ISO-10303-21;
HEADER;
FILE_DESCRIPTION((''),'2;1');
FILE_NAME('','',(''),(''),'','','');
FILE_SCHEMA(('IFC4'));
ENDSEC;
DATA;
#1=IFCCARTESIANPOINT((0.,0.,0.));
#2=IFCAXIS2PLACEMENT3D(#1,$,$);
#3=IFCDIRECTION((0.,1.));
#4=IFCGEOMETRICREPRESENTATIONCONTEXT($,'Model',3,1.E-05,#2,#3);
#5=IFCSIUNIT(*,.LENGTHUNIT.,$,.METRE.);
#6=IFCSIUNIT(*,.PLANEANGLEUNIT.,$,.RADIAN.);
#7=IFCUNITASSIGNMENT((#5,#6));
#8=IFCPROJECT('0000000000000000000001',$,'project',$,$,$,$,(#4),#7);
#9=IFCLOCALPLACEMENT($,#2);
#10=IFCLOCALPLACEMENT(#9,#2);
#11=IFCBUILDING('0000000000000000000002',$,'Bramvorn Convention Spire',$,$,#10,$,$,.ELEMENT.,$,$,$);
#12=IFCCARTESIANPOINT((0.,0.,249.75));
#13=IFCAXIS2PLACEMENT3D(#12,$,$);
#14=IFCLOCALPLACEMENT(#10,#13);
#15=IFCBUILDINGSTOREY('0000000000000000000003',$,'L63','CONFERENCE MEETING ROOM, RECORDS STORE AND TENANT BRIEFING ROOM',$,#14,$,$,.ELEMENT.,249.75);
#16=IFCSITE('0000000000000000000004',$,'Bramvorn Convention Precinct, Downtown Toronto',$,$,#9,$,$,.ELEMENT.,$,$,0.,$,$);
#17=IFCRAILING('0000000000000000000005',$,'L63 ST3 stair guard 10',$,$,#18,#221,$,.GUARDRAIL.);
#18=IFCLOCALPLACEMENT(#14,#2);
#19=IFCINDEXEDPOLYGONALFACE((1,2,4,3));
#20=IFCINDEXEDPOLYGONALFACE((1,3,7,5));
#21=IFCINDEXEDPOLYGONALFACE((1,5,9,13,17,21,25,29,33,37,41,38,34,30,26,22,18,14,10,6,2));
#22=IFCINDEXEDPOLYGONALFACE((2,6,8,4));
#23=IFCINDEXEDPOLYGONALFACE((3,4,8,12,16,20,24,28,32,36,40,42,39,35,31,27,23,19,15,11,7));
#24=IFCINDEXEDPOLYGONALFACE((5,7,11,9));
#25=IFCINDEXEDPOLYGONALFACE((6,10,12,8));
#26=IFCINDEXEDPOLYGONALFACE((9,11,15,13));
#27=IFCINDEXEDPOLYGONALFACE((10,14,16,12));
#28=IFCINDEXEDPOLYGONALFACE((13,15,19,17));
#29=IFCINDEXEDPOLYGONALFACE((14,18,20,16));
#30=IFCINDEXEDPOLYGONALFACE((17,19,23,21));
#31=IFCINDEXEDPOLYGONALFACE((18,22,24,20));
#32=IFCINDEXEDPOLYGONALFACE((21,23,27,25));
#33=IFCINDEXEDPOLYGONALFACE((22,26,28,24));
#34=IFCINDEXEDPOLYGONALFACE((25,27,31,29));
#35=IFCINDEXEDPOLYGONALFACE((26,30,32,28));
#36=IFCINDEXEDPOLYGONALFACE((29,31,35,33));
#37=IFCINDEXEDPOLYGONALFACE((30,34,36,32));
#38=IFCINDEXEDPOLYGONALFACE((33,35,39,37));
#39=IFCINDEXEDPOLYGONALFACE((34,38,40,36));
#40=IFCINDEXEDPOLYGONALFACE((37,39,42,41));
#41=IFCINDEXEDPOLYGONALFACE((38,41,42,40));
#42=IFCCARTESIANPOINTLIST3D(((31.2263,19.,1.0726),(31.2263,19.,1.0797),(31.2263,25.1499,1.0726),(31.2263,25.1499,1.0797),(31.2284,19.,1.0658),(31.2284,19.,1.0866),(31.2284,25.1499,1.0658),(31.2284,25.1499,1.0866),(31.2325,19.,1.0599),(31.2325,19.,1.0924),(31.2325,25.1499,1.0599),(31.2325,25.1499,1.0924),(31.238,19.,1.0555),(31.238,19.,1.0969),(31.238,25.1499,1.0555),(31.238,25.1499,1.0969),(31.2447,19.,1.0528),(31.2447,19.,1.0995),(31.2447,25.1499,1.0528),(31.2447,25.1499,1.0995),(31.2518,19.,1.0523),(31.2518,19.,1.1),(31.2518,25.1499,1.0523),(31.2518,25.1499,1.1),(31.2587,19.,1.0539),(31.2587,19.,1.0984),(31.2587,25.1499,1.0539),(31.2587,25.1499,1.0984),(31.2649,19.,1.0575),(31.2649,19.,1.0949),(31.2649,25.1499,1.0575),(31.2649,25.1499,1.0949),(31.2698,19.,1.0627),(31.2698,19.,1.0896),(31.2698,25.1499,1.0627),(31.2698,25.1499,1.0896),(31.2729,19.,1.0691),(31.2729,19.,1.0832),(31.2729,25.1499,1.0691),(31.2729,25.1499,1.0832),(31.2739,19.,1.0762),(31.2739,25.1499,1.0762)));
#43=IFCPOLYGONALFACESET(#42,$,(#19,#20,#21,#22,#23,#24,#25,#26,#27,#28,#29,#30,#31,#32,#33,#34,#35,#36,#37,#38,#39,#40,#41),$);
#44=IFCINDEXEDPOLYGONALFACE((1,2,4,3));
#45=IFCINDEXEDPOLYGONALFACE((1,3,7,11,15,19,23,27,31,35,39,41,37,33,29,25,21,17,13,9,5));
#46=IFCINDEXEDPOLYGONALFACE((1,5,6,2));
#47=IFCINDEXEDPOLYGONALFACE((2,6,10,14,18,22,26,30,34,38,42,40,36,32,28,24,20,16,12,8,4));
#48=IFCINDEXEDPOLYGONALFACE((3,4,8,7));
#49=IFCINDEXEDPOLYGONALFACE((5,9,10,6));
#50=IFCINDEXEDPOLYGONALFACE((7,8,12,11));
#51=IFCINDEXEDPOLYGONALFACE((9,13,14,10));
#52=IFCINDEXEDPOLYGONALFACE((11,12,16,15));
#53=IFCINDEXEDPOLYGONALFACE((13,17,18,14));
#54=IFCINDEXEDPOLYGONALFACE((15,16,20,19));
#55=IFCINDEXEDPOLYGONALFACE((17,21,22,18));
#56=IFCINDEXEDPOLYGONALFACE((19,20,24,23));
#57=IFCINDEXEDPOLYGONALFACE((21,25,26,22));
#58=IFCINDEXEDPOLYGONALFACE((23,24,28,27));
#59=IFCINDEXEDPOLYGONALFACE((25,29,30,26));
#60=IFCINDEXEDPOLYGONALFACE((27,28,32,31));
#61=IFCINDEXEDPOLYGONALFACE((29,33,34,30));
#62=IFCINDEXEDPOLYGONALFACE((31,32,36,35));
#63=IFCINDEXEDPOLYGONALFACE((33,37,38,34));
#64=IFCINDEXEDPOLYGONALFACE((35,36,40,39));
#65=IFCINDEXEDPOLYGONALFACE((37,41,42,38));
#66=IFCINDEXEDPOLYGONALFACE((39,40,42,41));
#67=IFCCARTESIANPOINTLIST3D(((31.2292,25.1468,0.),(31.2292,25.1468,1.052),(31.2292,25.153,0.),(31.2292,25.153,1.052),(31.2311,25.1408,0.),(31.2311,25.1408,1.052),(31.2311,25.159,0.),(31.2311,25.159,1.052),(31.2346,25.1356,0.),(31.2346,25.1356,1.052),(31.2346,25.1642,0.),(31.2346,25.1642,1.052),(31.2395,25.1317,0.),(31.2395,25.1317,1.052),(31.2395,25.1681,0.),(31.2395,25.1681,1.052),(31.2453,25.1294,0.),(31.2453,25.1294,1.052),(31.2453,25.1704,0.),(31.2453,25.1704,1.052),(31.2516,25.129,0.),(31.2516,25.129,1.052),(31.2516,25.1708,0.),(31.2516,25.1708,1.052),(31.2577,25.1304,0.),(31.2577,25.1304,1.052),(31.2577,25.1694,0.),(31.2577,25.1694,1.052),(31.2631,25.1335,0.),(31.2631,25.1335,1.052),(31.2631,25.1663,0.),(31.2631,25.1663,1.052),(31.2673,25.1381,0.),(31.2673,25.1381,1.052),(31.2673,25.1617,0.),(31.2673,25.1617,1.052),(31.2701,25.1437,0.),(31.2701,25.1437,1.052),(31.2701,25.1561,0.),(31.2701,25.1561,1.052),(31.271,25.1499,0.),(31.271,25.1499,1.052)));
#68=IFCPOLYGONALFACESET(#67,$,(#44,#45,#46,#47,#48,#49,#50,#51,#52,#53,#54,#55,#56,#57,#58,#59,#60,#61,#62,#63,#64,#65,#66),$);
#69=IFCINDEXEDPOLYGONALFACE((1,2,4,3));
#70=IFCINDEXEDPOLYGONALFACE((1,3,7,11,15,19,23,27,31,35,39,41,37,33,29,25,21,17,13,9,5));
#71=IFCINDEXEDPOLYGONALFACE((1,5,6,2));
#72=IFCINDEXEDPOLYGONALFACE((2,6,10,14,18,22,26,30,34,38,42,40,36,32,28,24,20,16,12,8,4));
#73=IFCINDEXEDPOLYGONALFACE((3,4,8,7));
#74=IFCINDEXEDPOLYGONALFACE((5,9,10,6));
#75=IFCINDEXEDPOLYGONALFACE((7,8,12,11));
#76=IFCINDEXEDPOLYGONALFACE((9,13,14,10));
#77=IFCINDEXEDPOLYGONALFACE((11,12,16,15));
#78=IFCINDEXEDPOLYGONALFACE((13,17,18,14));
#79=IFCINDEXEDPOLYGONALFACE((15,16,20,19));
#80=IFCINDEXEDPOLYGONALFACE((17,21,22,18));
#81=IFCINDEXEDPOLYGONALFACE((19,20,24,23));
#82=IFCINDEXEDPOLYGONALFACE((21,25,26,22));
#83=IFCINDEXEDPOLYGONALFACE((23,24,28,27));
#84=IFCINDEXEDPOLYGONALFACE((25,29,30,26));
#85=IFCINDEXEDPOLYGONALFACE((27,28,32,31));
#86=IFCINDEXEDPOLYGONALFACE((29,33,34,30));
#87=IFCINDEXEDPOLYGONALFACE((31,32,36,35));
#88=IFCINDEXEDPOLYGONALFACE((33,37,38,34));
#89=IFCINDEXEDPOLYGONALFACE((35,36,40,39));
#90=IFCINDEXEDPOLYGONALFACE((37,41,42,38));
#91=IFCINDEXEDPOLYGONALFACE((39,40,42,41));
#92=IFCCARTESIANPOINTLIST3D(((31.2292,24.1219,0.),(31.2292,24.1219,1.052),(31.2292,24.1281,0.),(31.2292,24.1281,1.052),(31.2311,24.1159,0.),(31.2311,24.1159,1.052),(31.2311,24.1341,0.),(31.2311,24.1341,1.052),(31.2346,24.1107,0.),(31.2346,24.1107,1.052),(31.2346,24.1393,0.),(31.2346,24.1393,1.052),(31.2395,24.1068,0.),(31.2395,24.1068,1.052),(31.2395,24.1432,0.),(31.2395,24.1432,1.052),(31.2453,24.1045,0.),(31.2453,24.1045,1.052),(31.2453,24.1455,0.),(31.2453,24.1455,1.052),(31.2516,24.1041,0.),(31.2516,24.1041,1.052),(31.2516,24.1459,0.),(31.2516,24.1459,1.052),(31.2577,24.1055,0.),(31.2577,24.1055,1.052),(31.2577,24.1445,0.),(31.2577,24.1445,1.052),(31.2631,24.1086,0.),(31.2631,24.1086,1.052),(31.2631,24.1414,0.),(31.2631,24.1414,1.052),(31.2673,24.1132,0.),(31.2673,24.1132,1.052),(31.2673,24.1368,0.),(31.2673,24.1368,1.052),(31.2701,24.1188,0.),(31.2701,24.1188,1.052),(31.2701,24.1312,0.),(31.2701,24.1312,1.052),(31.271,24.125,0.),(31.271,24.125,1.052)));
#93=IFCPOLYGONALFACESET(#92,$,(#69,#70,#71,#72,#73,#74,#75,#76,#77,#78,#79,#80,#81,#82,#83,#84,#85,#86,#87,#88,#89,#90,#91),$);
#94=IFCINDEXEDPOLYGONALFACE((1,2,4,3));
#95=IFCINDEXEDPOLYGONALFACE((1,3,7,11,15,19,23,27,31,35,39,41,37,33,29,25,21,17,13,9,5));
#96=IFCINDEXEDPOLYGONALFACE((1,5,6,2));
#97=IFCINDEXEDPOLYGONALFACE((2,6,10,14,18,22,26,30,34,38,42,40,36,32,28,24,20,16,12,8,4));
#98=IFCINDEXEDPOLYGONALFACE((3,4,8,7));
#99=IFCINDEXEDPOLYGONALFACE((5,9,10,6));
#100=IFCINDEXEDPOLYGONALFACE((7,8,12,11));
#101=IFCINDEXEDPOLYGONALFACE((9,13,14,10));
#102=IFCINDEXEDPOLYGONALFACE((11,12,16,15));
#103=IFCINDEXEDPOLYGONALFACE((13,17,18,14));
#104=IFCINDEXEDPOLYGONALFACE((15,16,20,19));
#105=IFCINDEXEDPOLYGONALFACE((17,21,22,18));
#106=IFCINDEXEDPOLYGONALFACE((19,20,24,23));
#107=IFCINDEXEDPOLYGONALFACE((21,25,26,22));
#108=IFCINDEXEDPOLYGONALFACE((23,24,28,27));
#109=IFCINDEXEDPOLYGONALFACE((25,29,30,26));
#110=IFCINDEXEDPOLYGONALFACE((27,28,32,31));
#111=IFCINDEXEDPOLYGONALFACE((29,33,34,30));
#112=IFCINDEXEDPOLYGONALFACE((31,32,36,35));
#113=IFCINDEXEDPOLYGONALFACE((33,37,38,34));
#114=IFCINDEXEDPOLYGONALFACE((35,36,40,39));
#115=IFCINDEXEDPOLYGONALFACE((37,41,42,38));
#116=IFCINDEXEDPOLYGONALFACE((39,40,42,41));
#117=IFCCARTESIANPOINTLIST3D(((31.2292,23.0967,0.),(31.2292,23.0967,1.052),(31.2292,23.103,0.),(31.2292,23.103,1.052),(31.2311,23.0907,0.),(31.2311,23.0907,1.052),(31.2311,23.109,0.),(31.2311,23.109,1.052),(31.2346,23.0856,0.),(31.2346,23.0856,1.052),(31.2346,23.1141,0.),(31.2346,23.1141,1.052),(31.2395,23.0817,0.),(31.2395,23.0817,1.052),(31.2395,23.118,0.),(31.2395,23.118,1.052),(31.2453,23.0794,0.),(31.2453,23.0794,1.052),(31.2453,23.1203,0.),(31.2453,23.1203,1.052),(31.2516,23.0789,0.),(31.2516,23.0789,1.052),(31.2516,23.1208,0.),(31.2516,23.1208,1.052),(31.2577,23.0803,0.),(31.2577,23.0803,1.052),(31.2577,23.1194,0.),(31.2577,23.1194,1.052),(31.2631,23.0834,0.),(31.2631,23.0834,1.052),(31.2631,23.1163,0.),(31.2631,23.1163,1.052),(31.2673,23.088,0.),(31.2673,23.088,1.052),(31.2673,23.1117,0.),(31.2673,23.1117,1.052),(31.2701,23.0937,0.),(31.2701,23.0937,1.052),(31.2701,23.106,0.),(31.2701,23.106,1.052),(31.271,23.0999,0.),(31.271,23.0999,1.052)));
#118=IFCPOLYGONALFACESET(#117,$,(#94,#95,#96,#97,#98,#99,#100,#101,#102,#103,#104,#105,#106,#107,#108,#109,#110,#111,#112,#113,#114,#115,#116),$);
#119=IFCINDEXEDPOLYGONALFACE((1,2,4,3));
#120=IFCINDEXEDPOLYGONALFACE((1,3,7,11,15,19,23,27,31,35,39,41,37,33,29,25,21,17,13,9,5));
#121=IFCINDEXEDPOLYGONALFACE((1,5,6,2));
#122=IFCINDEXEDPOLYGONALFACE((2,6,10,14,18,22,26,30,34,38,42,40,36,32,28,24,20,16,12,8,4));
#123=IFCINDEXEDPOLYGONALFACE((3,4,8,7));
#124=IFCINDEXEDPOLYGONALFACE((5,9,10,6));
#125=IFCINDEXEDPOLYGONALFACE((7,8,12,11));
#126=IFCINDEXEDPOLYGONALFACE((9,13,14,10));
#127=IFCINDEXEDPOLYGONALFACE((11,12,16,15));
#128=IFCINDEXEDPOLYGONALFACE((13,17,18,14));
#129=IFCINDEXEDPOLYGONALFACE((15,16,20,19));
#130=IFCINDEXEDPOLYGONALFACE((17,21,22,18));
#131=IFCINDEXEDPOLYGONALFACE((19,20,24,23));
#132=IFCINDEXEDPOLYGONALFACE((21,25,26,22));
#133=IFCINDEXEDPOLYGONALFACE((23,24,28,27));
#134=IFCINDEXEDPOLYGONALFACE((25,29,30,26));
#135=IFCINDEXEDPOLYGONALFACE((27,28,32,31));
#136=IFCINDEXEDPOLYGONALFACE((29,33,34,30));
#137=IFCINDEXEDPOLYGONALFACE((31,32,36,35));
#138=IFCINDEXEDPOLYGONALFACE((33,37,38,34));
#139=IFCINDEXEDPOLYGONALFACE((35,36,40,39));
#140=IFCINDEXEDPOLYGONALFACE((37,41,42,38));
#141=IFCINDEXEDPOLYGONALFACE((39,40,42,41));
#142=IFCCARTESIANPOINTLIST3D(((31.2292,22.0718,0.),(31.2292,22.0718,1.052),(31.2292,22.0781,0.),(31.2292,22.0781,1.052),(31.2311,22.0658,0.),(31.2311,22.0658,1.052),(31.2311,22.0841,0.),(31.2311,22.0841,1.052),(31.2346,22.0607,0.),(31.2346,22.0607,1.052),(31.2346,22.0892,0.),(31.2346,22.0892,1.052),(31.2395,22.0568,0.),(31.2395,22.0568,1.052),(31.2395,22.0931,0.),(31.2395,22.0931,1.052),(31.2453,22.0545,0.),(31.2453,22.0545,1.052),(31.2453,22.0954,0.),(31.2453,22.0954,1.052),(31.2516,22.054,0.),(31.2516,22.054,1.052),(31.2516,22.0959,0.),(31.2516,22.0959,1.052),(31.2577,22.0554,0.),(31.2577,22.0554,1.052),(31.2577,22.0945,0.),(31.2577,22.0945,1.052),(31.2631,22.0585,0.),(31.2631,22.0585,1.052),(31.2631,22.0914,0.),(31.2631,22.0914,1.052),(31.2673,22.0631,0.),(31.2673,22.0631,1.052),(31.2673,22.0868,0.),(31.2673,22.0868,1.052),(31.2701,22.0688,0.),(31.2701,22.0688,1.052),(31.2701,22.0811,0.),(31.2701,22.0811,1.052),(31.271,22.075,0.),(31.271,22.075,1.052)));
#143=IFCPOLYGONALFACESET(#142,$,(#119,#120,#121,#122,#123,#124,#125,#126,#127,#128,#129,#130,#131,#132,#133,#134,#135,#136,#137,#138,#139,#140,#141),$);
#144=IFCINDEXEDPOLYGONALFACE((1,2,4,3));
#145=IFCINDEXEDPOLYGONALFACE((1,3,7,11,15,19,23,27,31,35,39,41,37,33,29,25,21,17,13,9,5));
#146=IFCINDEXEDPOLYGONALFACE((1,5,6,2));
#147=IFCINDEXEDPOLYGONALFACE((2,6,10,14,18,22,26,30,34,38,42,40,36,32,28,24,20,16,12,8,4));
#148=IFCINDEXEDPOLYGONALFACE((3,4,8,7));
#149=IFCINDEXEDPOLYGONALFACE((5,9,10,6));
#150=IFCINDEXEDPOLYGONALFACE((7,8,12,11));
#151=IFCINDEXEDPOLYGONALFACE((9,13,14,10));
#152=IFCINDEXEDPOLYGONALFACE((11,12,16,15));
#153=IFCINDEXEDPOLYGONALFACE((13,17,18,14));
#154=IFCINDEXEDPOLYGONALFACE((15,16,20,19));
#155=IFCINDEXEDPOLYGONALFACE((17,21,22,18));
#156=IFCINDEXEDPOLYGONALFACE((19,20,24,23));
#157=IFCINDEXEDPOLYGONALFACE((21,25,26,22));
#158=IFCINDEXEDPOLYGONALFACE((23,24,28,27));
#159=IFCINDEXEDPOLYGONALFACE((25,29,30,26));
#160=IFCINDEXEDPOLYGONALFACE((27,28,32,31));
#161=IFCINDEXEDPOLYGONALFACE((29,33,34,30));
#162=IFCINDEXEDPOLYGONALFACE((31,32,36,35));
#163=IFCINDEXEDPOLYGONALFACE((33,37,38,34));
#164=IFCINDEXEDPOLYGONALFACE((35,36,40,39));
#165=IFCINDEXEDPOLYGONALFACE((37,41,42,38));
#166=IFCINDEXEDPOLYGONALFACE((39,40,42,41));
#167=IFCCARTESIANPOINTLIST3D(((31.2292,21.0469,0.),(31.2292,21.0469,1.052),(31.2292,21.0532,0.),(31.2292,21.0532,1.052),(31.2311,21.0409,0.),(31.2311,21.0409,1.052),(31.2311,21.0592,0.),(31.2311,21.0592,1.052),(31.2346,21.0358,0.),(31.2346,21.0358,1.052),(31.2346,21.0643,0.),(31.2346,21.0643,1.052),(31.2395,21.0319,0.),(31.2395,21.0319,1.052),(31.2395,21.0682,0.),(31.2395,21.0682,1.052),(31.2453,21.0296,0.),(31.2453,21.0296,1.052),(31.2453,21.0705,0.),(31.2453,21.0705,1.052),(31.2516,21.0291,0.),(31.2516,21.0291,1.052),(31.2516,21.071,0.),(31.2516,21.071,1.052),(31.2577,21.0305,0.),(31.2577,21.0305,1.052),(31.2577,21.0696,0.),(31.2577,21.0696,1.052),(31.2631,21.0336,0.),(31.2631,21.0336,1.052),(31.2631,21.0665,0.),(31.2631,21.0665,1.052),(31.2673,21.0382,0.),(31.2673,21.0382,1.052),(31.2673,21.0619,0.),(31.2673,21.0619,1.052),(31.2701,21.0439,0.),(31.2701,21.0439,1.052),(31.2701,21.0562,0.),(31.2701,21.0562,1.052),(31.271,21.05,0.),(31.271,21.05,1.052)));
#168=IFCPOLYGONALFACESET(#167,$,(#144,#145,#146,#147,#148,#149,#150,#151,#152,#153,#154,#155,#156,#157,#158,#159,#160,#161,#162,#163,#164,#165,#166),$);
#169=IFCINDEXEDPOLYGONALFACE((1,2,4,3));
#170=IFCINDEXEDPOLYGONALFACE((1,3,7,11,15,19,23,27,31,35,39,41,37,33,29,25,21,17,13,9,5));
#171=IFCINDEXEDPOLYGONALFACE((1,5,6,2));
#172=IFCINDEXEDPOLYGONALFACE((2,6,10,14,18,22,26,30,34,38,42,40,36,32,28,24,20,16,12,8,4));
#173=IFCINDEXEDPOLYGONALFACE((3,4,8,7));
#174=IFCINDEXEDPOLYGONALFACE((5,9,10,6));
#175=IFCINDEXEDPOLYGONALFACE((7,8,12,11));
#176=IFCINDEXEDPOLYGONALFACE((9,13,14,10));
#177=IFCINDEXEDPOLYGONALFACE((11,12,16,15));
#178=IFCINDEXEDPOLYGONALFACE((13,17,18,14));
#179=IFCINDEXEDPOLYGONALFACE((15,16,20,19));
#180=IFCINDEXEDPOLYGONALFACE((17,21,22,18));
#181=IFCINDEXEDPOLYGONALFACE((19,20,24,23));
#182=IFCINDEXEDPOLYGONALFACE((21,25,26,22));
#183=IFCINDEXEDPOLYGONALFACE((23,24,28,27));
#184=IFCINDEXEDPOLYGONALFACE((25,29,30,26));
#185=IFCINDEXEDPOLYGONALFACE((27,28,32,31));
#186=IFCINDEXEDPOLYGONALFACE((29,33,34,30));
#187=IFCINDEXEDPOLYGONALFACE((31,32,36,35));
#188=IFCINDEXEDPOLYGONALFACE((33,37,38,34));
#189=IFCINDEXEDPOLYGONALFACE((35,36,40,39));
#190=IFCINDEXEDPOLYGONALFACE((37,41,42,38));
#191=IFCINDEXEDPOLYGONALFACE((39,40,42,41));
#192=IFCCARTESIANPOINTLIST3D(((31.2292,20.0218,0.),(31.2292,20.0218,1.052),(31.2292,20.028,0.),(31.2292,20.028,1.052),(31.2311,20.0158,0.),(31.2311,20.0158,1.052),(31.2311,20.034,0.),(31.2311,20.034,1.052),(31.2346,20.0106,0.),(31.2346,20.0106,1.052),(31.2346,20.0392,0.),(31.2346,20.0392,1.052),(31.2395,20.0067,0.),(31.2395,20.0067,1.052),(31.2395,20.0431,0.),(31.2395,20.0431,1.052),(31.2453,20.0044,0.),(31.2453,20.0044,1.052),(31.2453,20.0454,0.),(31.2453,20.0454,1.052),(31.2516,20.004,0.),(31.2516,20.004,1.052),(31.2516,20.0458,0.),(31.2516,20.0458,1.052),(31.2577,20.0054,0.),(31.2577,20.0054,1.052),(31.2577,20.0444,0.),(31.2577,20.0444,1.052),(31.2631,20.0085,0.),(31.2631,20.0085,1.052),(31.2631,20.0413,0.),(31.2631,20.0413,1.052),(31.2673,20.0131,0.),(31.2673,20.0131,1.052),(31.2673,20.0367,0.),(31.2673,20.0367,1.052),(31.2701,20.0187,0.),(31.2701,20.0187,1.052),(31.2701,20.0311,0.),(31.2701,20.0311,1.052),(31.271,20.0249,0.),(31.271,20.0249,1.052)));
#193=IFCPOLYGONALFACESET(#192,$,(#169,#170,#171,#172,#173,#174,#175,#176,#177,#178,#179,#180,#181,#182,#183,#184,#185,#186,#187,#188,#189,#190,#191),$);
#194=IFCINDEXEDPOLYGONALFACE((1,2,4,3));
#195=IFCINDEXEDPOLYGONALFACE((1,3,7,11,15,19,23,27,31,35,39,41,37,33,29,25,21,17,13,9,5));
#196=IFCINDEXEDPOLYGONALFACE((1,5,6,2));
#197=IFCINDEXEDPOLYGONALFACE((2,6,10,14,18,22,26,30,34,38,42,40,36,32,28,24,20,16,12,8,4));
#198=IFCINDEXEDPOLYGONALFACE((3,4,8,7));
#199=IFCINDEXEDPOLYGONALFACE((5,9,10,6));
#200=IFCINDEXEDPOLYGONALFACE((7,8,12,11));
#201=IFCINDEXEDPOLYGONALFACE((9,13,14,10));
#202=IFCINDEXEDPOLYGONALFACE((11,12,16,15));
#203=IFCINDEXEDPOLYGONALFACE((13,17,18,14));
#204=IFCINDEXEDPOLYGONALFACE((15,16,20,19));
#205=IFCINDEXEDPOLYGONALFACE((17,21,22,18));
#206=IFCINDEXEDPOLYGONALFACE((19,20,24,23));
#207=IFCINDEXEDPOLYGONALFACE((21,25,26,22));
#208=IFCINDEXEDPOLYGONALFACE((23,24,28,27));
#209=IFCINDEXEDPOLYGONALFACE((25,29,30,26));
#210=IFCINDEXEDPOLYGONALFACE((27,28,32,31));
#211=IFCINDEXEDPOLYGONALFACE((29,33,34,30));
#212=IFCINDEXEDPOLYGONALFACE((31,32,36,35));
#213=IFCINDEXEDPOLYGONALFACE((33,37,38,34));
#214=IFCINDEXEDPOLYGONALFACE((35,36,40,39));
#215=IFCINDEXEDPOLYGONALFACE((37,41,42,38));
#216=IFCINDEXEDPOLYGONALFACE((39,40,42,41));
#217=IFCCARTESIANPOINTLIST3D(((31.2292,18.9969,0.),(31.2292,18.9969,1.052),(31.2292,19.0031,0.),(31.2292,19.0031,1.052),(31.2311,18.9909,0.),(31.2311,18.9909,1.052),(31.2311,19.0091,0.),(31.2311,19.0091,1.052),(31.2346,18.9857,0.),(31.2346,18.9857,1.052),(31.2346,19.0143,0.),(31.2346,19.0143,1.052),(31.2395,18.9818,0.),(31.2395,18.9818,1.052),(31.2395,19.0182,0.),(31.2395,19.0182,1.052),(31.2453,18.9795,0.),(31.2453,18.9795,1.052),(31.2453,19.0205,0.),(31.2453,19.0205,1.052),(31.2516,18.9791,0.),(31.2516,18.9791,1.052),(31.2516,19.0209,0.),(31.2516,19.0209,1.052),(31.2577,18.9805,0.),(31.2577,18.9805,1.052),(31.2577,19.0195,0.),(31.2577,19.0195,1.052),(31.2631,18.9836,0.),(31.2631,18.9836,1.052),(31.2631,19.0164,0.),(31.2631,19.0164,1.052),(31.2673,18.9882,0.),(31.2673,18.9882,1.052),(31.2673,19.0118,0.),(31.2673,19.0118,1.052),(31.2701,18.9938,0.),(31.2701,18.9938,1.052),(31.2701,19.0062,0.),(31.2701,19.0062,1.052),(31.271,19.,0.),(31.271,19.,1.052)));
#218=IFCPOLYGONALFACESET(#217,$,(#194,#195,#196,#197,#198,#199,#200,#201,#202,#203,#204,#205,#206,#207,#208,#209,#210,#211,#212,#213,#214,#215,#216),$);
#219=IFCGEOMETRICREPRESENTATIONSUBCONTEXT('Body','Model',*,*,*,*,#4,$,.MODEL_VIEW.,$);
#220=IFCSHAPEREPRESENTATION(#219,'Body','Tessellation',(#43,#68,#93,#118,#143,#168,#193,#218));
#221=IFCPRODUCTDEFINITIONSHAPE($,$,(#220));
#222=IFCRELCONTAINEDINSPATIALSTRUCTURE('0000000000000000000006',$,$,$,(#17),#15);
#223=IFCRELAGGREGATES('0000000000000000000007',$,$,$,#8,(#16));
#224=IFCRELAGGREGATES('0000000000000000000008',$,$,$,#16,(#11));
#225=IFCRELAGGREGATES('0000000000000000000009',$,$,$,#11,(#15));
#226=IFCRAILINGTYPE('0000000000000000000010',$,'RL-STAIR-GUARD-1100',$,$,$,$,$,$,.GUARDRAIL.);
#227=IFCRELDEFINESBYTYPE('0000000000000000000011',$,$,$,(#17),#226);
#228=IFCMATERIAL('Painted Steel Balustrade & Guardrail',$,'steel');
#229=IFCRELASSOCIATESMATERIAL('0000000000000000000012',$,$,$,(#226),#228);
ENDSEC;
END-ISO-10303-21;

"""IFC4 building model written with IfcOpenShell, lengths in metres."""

from ifc_helpers import new_model, si_unit, direction, frame, origin, origin_2d, place, context, subcontext, project, spatial, circle, extrude, material, type_object, element, save


model = new_model("IFC4")

# Units and contexts
model_context = context("Model", 3, precision=1e-05, world=origin(), true_north=direction((0.0, 1.0)))
body_context = subcontext(model_context, "Body", "Model", "MODEL_VIEW")
ifc_project = project(units=[si_unit("LENGTHUNIT", "METRE"), si_unit("PLANEANGLEUNIT", "RADIAN")], contexts=[model_context])

# Site, building, storey
site_placement = place(None, origin())
site = spatial("IfcSite", under=ifc_project, at=site_placement, Name="Bramvorn Convention Precinct, Downtown Toronto", CompositionType="ELEMENT", RefElevation=0.0)
building_placement = place(site_placement, origin())
building = spatial("IfcBuilding", under=site, at=building_placement, Name="Bramvorn Convention Spire", CompositionType="ELEMENT")
storey_placement = place(building_placement, frame((0.0, 0.0, 249.75)))
storey = spatial("IfcBuildingStorey", under=building, at=storey_placement, Name="L63", Description="CONFERENCE MEETING ROOM, RECORDS STORE AND TENANT BRIEFING ROOM", CompositionType="ELEMENT", Elevation=249.75)

# Railing
ifc_material_1 = material(Name="Painted Steel Balustrade & Guardrail", Category="steel")
railing_type_1 = type_object("IfcRailingType", Name="RL-STAIR-GUARD-1100", PredefinedType="GUARDRAIL", material=ifc_material_1)
railing_1_placement = place(storey_placement, frame((31.25, 25.1499, 0.0)))
element("IfcRailing", 1, at=railing_1_placement, inside=storey, type_object=railing_type_1, Name="L63 ST3 stair guard 10", PredefinedType="GUARDRAIL", context=body_context, shape_type="SweptSolid", body=[
    extrude(circle(Radius=0.0239, at=origin_2d()), frame((0.0, 0.0, 1.0762), z_axis=(0.0, -1.0, 0.0), x_axis=(1.0, 0.0, 0.0)), (0.0, 0.0, 1.0), 6.1499),
    extrude(circle(Radius=0.021, at=origin_2d()), origin(), (0.0, 0.0, 1.0), 1.052),
    extrude(circle(Radius=0.021, at=origin_2d()), frame((0.0, -1.0249, 0.0)), (0.0, 0.0, 1.0), 1.052),
    extrude(circle(Radius=0.021, at=origin_2d()), frame((0.0, -2.05, 0.0)), (0.0, 0.0, 1.0), 1.052),
    extrude(circle(Radius=0.021, at=origin_2d()), frame((0.0, -3.075, 0.0)), (0.0, 0.0, 1.0), 1.052),
    extrude(circle(Radius=0.021, at=origin_2d()), frame((0.0, -4.0999, 0.0)), (0.0, 0.0, 1.0), 1.052),
    extrude(circle(Radius=0.021, at=origin_2d()), frame((0.0, -5.125, 0.0)), (0.0, 0.0, 1.0), 1.052),
    extrude(circle(Radius=0.021, at=origin_2d()), frame((0.0, -6.1499, 0.0)), (0.0, 0.0, 1.0), 1.052),
])

save(model, "model.ifc")
